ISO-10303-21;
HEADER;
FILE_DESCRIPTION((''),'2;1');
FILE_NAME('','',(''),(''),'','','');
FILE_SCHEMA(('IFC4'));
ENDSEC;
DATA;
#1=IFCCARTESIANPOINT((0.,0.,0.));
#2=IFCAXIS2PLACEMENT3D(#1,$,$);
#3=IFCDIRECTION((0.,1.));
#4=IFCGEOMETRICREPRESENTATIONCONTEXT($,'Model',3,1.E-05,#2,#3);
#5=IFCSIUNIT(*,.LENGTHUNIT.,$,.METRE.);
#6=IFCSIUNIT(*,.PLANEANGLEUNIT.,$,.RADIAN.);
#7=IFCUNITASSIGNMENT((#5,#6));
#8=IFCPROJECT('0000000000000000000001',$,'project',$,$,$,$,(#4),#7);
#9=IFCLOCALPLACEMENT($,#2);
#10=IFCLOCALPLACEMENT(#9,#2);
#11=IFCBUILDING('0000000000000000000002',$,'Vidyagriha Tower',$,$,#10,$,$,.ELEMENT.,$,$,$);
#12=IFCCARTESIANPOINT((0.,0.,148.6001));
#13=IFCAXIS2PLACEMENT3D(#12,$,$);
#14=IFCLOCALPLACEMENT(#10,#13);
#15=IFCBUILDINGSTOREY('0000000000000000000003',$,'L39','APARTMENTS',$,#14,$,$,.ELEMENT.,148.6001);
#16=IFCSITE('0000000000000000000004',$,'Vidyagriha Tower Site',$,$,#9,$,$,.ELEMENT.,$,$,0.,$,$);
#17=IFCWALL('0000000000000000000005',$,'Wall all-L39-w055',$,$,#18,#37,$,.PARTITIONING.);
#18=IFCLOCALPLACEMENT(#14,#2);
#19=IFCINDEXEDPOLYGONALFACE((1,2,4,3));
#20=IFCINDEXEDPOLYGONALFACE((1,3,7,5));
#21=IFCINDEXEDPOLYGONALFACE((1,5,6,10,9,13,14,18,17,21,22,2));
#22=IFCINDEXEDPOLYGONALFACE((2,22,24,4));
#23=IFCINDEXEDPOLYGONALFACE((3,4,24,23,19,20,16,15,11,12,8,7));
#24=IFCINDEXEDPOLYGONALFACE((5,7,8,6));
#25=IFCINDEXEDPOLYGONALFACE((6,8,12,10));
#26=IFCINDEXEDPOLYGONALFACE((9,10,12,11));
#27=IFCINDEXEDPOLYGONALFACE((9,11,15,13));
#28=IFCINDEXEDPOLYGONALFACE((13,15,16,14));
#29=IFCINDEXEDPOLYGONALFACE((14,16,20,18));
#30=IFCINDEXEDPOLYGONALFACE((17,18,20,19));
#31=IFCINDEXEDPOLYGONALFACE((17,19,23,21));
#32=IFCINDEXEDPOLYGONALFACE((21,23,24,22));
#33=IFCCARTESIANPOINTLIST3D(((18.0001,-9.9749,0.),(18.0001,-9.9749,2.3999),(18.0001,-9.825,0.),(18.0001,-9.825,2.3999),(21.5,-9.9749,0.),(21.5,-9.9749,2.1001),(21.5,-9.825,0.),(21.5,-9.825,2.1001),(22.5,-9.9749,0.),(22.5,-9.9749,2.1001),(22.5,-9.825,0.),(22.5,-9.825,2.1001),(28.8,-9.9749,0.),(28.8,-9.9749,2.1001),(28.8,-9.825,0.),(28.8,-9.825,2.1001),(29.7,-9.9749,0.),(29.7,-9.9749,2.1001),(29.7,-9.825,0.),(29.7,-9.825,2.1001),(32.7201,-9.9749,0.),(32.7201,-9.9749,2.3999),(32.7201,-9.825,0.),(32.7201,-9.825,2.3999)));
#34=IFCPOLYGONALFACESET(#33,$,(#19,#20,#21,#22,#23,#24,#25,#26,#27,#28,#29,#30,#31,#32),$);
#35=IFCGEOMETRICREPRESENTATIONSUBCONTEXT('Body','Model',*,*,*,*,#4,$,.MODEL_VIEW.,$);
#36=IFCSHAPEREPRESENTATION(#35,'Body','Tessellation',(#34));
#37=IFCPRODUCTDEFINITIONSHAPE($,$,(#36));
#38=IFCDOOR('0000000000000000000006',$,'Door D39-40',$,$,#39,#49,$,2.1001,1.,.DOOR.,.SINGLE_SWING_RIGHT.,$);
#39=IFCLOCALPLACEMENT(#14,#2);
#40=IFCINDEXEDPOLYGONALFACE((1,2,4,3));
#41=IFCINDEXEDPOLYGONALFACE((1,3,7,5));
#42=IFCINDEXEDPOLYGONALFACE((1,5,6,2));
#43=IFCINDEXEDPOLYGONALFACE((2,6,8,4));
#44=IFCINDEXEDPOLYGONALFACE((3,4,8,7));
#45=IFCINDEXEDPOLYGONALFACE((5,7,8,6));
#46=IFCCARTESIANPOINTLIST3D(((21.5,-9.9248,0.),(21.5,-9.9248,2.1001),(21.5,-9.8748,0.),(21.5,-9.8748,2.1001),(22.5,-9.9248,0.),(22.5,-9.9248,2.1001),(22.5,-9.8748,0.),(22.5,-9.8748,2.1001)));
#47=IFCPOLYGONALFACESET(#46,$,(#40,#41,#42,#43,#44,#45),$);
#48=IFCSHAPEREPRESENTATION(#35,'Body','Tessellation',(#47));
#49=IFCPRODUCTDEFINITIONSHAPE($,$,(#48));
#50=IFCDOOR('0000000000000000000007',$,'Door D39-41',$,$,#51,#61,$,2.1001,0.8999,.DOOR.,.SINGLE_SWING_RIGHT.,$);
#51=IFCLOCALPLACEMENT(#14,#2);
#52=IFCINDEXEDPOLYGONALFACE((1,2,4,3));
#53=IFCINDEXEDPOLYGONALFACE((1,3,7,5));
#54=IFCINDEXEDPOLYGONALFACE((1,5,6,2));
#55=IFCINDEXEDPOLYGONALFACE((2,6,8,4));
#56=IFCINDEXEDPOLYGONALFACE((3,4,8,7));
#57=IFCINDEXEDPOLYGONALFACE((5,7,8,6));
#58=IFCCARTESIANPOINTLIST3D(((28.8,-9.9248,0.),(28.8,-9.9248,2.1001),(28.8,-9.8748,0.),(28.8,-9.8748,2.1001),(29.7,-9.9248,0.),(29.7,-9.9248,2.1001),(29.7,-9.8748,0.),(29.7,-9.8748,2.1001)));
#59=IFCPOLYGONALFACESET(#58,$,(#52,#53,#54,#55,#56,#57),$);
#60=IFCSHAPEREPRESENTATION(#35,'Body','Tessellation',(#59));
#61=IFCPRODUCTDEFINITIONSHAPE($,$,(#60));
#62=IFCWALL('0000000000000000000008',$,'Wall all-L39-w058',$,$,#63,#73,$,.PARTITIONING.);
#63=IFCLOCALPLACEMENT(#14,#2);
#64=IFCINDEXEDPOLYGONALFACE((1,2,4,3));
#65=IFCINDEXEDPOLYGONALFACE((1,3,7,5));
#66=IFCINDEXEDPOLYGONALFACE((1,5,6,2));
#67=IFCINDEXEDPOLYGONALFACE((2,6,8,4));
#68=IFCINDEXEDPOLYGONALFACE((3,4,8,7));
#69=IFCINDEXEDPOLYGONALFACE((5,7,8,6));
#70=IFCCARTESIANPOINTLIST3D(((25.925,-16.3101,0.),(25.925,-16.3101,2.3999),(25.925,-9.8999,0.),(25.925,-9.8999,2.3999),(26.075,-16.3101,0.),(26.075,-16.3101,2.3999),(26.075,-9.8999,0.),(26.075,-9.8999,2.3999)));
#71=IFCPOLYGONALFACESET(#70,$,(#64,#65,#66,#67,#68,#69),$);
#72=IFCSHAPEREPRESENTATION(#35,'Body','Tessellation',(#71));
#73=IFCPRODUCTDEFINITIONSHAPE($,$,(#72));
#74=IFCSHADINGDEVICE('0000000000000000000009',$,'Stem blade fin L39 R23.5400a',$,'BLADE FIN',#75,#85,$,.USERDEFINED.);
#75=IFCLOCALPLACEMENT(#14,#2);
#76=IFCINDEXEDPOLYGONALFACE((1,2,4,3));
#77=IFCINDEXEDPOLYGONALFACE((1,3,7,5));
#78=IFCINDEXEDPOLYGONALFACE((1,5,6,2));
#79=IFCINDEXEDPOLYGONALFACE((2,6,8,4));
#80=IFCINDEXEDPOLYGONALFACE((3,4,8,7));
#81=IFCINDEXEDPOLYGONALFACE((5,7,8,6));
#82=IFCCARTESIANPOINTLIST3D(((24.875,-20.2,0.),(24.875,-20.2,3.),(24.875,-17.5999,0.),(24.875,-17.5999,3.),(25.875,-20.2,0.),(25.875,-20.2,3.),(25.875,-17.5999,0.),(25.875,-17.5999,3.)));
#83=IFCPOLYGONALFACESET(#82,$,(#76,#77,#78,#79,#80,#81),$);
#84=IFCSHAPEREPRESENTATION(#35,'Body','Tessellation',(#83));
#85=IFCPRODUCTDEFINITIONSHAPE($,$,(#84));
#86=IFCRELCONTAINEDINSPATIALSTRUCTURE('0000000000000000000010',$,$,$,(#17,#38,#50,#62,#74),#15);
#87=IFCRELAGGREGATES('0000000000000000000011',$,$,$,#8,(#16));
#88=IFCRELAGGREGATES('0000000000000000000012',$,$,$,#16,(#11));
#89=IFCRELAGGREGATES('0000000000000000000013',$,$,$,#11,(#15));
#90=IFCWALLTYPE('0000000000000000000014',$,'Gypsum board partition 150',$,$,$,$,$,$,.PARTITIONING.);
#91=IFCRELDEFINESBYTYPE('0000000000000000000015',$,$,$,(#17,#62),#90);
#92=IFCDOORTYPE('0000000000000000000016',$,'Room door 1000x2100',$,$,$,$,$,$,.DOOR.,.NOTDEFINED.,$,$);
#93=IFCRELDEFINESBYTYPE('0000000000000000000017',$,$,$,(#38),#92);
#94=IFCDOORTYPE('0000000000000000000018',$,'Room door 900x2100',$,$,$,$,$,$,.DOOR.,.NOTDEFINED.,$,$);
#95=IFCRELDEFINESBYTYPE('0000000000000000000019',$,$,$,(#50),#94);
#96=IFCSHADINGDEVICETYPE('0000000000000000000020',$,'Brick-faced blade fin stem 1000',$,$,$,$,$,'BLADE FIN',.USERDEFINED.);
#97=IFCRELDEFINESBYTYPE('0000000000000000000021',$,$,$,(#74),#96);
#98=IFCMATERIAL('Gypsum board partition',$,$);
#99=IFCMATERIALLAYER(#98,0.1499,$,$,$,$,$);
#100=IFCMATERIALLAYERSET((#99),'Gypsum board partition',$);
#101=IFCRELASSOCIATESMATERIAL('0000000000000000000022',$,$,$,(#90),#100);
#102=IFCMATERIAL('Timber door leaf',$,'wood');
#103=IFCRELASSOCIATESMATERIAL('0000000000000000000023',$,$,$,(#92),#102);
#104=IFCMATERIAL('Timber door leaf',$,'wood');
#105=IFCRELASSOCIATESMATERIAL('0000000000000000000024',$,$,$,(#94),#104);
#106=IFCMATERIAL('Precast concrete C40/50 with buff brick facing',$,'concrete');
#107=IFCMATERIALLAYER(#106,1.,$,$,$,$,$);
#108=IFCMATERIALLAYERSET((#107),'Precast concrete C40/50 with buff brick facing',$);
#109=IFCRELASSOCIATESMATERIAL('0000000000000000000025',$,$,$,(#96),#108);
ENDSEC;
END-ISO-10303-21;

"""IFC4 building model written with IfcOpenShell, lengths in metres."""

from ifc_helpers import new_model, si_unit, direction, frame, frame_2d, origin, place, context, subcontext, project, spatial, polyline, rectangle, outline, extrude, material, layer, layer_set, type_object, element, fill, save


model = new_model("IFC4")

# Units and contexts
model_context = context("Model", 3, precision=1e-05, world=origin(), true_north=direction((0.0, 1.0)))
body_context = subcontext(model_context, "Body", "Model", "MODEL_VIEW")
ifc_project = project(units=[si_unit("LENGTHUNIT", "METRE"), si_unit("PLANEANGLEUNIT", "RADIAN")], contexts=[model_context])

# Site, building, storey
site_placement = place(None, origin())
site = spatial("IfcSite", under=ifc_project, at=site_placement, Name="Vidyagriha Tower Site", CompositionType="ELEMENT", RefElevation=0.0)
building_placement = place(site_placement, origin())
building = spatial("IfcBuilding", under=site, at=building_placement, Name="Vidyagriha Tower", CompositionType="ELEMENT")
storey_placement = place(building_placement, frame((0.0, 0.0, 148.6001)))
storey = spatial("IfcBuildingStorey", under=building, at=storey_placement, Name="L39", Description="APARTMENTS", CompositionType="ELEMENT", Elevation=148.6001)

# Wall, openings, doors
ifc_material_1 = material(Name="Gypsum board partition")
ifc_layer_1 = layer(ifc_material_1, 0.1499)
ifc_layer_set_1 = layer_set([ifc_layer_1], Name="Gypsum board partition")
wall_type_1 = type_object("IfcWallType", Name="Gypsum board partition 150", PredefinedType="PARTITIONING", material=ifc_layer_set_1)
wall_1_placement = place(storey_placement, frame((32.72, -9.8999, 0.0), z_axis=(0.0, 0.0, 1.0), x_axis=(-1.0, 0.0, 0.0)))
wall_1 = element("IfcWall", 1, at=wall_1_placement, inside=storey, type_object=wall_type_1, Name="Wall all-L39-w055", PredefinedType="PARTITIONING", context=body_context, shape_type="SweptSolid", body=[
    extrude(rectangle(XDim=14.72, YDim=0.1499, at=frame_2d((7.3599, 0.0))), origin(), (0.0, 0.0, 1.0), 2.3999),
])
opening_1_placement = place(wall_1_placement, frame((10.22, 0.0, 0.0)))
opening_1 = element("IfcOpeningElement", 2, at=opening_1_placement, cuts=wall_1, PredefinedType="OPENING", context=body_context, shape_type="SweptSolid", body=[
    extrude(rectangle(XDim=1.0, YDim=2.1001, at=frame_2d((0.5, 1.05))), frame((0.0, 0.085, 0.0), z_axis=(0.0, -1.0, 0.0), x_axis=(1.0, 0.0, 0.0)), (0.0, 0.0, 1.0), 0.1699),
])
opening_2_placement = place(wall_1_placement, frame((3.02, 0.0, 0.0)))
opening_2 = element("IfcOpeningElement", 3, at=opening_2_placement, cuts=wall_1, PredefinedType="OPENING", context=body_context, shape_type="SweptSolid", body=[
    extrude(rectangle(XDim=0.8999, YDim=2.1001, at=frame_2d((0.45, 1.05))), frame((0.0, 0.085, 0.0), z_axis=(0.0, -1.0, 0.0), x_axis=(1.0, 0.0, 0.0)), (0.0, 0.0, 1.0), 0.1699),
])
ifc_material_2 = material(Name="Timber door leaf", Category="wood")
door_type_1 = type_object("IfcDoorType", Name="Room door 1000x2100", OperationType="NOTDEFINED", PredefinedType="DOOR", material=ifc_material_2)
door_1_placement = place(opening_1_placement, origin())
door_1 = element("IfcDoor", 4, at=door_1_placement, inside=storey, type_object=door_type_1, Name="Door D39-40", OperationType="SINGLE_SWING_RIGHT", OverallHeight=2.1001, OverallWidth=1.0, PredefinedType="DOOR", context=body_context, shape_type="SweptSolid", body=[
    extrude(rectangle(XDim=1.0, YDim=2.1001, at=frame_2d((0.5, 1.05))), frame((0.0, 0.0249, 0.0), z_axis=(0.0, -1.0, 0.0), x_axis=(1.0, 0.0, 0.0)), (0.0, 0.0, 1.0), 0.05),
])
fill(opening_1, door_1)
ifc_material_3 = material(Name="Timber door leaf", Category="wood")
door_type_2 = type_object("IfcDoorType", Name="Room door 900x2100", OperationType="NOTDEFINED", PredefinedType="DOOR", material=ifc_material_3)
door_2_placement = place(opening_2_placement, origin())
door_2 = element("IfcDoor", 5, at=door_2_placement, inside=storey, type_object=door_type_2, Name="Door D39-41", OperationType="SINGLE_SWING_RIGHT", OverallHeight=2.1001, OverallWidth=0.8999, PredefinedType="DOOR", context=body_context, shape_type="SweptSolid", body=[
    extrude(rectangle(XDim=0.8999, YDim=2.1001, at=frame_2d((0.45, 1.05))), frame((0.0, 0.0249, 0.0), z_axis=(0.0, -1.0, 0.0), x_axis=(1.0, 0.0, 0.0)), (0.0, 0.0, 1.0), 0.05),
])
fill(opening_2, door_2)

# Wall
wall_2_placement = place(storey_placement, frame((26.0, -9.8999, 0.0), z_axis=(0.0, 0.0, 1.0), x_axis=(0.0, -1.0, 0.0)))
element("IfcWall", 6, at=wall_2_placement, inside=storey, type_object=wall_type_1, Name="Wall all-L39-w058", PredefinedType="PARTITIONING", context=body_context, shape_type="SweptSolid", body=[
    extrude(rectangle(XDim=6.4102, YDim=0.1499, at=frame_2d((3.2051, 0.0))), origin(), (0.0, 0.0, 1.0), 2.3999),
])

# Shading device
ifc_material_4 = material(Name="Precast concrete C40/50 with buff brick facing", Category="concrete")
ifc_layer_2 = layer(ifc_material_4, 1.0)
ifc_layer_set_2 = layer_set([ifc_layer_2], Name="Precast concrete C40/50 with buff brick facing")
shading_device_type = type_object("IfcShadingDeviceType", Name="Brick-faced blade fin stem 1000", ElementType="BLADE FIN", PredefinedType="USERDEFINED", material=ifc_layer_set_2)
shading_device_placement = place(storey_placement, frame((24.875, -18.8999, 0.0)))
element("IfcShadingDevice", 7, at=shading_device_placement, inside=storey, type_object=shading_device_type, Name="Stem blade fin L39 R23.5400a", ObjectType="BLADE FIN", PredefinedType="USERDEFINED", context=body_context, shape_type="SweptSolid", body=[
    extrude(outline(polyline([(0.0, 0.0), (1.0, 0.0), (1.0, 3.0), (0.0, 3.0), (0.0, 0.0)])), frame((0.0, 1.3, 0.0), z_axis=(0.0, -1.0, 0.0), x_axis=(1.0, 0.0, 0.0)), (0.0, 0.0, 1.0), 2.6001),
])

save(model, "model.ifc")
